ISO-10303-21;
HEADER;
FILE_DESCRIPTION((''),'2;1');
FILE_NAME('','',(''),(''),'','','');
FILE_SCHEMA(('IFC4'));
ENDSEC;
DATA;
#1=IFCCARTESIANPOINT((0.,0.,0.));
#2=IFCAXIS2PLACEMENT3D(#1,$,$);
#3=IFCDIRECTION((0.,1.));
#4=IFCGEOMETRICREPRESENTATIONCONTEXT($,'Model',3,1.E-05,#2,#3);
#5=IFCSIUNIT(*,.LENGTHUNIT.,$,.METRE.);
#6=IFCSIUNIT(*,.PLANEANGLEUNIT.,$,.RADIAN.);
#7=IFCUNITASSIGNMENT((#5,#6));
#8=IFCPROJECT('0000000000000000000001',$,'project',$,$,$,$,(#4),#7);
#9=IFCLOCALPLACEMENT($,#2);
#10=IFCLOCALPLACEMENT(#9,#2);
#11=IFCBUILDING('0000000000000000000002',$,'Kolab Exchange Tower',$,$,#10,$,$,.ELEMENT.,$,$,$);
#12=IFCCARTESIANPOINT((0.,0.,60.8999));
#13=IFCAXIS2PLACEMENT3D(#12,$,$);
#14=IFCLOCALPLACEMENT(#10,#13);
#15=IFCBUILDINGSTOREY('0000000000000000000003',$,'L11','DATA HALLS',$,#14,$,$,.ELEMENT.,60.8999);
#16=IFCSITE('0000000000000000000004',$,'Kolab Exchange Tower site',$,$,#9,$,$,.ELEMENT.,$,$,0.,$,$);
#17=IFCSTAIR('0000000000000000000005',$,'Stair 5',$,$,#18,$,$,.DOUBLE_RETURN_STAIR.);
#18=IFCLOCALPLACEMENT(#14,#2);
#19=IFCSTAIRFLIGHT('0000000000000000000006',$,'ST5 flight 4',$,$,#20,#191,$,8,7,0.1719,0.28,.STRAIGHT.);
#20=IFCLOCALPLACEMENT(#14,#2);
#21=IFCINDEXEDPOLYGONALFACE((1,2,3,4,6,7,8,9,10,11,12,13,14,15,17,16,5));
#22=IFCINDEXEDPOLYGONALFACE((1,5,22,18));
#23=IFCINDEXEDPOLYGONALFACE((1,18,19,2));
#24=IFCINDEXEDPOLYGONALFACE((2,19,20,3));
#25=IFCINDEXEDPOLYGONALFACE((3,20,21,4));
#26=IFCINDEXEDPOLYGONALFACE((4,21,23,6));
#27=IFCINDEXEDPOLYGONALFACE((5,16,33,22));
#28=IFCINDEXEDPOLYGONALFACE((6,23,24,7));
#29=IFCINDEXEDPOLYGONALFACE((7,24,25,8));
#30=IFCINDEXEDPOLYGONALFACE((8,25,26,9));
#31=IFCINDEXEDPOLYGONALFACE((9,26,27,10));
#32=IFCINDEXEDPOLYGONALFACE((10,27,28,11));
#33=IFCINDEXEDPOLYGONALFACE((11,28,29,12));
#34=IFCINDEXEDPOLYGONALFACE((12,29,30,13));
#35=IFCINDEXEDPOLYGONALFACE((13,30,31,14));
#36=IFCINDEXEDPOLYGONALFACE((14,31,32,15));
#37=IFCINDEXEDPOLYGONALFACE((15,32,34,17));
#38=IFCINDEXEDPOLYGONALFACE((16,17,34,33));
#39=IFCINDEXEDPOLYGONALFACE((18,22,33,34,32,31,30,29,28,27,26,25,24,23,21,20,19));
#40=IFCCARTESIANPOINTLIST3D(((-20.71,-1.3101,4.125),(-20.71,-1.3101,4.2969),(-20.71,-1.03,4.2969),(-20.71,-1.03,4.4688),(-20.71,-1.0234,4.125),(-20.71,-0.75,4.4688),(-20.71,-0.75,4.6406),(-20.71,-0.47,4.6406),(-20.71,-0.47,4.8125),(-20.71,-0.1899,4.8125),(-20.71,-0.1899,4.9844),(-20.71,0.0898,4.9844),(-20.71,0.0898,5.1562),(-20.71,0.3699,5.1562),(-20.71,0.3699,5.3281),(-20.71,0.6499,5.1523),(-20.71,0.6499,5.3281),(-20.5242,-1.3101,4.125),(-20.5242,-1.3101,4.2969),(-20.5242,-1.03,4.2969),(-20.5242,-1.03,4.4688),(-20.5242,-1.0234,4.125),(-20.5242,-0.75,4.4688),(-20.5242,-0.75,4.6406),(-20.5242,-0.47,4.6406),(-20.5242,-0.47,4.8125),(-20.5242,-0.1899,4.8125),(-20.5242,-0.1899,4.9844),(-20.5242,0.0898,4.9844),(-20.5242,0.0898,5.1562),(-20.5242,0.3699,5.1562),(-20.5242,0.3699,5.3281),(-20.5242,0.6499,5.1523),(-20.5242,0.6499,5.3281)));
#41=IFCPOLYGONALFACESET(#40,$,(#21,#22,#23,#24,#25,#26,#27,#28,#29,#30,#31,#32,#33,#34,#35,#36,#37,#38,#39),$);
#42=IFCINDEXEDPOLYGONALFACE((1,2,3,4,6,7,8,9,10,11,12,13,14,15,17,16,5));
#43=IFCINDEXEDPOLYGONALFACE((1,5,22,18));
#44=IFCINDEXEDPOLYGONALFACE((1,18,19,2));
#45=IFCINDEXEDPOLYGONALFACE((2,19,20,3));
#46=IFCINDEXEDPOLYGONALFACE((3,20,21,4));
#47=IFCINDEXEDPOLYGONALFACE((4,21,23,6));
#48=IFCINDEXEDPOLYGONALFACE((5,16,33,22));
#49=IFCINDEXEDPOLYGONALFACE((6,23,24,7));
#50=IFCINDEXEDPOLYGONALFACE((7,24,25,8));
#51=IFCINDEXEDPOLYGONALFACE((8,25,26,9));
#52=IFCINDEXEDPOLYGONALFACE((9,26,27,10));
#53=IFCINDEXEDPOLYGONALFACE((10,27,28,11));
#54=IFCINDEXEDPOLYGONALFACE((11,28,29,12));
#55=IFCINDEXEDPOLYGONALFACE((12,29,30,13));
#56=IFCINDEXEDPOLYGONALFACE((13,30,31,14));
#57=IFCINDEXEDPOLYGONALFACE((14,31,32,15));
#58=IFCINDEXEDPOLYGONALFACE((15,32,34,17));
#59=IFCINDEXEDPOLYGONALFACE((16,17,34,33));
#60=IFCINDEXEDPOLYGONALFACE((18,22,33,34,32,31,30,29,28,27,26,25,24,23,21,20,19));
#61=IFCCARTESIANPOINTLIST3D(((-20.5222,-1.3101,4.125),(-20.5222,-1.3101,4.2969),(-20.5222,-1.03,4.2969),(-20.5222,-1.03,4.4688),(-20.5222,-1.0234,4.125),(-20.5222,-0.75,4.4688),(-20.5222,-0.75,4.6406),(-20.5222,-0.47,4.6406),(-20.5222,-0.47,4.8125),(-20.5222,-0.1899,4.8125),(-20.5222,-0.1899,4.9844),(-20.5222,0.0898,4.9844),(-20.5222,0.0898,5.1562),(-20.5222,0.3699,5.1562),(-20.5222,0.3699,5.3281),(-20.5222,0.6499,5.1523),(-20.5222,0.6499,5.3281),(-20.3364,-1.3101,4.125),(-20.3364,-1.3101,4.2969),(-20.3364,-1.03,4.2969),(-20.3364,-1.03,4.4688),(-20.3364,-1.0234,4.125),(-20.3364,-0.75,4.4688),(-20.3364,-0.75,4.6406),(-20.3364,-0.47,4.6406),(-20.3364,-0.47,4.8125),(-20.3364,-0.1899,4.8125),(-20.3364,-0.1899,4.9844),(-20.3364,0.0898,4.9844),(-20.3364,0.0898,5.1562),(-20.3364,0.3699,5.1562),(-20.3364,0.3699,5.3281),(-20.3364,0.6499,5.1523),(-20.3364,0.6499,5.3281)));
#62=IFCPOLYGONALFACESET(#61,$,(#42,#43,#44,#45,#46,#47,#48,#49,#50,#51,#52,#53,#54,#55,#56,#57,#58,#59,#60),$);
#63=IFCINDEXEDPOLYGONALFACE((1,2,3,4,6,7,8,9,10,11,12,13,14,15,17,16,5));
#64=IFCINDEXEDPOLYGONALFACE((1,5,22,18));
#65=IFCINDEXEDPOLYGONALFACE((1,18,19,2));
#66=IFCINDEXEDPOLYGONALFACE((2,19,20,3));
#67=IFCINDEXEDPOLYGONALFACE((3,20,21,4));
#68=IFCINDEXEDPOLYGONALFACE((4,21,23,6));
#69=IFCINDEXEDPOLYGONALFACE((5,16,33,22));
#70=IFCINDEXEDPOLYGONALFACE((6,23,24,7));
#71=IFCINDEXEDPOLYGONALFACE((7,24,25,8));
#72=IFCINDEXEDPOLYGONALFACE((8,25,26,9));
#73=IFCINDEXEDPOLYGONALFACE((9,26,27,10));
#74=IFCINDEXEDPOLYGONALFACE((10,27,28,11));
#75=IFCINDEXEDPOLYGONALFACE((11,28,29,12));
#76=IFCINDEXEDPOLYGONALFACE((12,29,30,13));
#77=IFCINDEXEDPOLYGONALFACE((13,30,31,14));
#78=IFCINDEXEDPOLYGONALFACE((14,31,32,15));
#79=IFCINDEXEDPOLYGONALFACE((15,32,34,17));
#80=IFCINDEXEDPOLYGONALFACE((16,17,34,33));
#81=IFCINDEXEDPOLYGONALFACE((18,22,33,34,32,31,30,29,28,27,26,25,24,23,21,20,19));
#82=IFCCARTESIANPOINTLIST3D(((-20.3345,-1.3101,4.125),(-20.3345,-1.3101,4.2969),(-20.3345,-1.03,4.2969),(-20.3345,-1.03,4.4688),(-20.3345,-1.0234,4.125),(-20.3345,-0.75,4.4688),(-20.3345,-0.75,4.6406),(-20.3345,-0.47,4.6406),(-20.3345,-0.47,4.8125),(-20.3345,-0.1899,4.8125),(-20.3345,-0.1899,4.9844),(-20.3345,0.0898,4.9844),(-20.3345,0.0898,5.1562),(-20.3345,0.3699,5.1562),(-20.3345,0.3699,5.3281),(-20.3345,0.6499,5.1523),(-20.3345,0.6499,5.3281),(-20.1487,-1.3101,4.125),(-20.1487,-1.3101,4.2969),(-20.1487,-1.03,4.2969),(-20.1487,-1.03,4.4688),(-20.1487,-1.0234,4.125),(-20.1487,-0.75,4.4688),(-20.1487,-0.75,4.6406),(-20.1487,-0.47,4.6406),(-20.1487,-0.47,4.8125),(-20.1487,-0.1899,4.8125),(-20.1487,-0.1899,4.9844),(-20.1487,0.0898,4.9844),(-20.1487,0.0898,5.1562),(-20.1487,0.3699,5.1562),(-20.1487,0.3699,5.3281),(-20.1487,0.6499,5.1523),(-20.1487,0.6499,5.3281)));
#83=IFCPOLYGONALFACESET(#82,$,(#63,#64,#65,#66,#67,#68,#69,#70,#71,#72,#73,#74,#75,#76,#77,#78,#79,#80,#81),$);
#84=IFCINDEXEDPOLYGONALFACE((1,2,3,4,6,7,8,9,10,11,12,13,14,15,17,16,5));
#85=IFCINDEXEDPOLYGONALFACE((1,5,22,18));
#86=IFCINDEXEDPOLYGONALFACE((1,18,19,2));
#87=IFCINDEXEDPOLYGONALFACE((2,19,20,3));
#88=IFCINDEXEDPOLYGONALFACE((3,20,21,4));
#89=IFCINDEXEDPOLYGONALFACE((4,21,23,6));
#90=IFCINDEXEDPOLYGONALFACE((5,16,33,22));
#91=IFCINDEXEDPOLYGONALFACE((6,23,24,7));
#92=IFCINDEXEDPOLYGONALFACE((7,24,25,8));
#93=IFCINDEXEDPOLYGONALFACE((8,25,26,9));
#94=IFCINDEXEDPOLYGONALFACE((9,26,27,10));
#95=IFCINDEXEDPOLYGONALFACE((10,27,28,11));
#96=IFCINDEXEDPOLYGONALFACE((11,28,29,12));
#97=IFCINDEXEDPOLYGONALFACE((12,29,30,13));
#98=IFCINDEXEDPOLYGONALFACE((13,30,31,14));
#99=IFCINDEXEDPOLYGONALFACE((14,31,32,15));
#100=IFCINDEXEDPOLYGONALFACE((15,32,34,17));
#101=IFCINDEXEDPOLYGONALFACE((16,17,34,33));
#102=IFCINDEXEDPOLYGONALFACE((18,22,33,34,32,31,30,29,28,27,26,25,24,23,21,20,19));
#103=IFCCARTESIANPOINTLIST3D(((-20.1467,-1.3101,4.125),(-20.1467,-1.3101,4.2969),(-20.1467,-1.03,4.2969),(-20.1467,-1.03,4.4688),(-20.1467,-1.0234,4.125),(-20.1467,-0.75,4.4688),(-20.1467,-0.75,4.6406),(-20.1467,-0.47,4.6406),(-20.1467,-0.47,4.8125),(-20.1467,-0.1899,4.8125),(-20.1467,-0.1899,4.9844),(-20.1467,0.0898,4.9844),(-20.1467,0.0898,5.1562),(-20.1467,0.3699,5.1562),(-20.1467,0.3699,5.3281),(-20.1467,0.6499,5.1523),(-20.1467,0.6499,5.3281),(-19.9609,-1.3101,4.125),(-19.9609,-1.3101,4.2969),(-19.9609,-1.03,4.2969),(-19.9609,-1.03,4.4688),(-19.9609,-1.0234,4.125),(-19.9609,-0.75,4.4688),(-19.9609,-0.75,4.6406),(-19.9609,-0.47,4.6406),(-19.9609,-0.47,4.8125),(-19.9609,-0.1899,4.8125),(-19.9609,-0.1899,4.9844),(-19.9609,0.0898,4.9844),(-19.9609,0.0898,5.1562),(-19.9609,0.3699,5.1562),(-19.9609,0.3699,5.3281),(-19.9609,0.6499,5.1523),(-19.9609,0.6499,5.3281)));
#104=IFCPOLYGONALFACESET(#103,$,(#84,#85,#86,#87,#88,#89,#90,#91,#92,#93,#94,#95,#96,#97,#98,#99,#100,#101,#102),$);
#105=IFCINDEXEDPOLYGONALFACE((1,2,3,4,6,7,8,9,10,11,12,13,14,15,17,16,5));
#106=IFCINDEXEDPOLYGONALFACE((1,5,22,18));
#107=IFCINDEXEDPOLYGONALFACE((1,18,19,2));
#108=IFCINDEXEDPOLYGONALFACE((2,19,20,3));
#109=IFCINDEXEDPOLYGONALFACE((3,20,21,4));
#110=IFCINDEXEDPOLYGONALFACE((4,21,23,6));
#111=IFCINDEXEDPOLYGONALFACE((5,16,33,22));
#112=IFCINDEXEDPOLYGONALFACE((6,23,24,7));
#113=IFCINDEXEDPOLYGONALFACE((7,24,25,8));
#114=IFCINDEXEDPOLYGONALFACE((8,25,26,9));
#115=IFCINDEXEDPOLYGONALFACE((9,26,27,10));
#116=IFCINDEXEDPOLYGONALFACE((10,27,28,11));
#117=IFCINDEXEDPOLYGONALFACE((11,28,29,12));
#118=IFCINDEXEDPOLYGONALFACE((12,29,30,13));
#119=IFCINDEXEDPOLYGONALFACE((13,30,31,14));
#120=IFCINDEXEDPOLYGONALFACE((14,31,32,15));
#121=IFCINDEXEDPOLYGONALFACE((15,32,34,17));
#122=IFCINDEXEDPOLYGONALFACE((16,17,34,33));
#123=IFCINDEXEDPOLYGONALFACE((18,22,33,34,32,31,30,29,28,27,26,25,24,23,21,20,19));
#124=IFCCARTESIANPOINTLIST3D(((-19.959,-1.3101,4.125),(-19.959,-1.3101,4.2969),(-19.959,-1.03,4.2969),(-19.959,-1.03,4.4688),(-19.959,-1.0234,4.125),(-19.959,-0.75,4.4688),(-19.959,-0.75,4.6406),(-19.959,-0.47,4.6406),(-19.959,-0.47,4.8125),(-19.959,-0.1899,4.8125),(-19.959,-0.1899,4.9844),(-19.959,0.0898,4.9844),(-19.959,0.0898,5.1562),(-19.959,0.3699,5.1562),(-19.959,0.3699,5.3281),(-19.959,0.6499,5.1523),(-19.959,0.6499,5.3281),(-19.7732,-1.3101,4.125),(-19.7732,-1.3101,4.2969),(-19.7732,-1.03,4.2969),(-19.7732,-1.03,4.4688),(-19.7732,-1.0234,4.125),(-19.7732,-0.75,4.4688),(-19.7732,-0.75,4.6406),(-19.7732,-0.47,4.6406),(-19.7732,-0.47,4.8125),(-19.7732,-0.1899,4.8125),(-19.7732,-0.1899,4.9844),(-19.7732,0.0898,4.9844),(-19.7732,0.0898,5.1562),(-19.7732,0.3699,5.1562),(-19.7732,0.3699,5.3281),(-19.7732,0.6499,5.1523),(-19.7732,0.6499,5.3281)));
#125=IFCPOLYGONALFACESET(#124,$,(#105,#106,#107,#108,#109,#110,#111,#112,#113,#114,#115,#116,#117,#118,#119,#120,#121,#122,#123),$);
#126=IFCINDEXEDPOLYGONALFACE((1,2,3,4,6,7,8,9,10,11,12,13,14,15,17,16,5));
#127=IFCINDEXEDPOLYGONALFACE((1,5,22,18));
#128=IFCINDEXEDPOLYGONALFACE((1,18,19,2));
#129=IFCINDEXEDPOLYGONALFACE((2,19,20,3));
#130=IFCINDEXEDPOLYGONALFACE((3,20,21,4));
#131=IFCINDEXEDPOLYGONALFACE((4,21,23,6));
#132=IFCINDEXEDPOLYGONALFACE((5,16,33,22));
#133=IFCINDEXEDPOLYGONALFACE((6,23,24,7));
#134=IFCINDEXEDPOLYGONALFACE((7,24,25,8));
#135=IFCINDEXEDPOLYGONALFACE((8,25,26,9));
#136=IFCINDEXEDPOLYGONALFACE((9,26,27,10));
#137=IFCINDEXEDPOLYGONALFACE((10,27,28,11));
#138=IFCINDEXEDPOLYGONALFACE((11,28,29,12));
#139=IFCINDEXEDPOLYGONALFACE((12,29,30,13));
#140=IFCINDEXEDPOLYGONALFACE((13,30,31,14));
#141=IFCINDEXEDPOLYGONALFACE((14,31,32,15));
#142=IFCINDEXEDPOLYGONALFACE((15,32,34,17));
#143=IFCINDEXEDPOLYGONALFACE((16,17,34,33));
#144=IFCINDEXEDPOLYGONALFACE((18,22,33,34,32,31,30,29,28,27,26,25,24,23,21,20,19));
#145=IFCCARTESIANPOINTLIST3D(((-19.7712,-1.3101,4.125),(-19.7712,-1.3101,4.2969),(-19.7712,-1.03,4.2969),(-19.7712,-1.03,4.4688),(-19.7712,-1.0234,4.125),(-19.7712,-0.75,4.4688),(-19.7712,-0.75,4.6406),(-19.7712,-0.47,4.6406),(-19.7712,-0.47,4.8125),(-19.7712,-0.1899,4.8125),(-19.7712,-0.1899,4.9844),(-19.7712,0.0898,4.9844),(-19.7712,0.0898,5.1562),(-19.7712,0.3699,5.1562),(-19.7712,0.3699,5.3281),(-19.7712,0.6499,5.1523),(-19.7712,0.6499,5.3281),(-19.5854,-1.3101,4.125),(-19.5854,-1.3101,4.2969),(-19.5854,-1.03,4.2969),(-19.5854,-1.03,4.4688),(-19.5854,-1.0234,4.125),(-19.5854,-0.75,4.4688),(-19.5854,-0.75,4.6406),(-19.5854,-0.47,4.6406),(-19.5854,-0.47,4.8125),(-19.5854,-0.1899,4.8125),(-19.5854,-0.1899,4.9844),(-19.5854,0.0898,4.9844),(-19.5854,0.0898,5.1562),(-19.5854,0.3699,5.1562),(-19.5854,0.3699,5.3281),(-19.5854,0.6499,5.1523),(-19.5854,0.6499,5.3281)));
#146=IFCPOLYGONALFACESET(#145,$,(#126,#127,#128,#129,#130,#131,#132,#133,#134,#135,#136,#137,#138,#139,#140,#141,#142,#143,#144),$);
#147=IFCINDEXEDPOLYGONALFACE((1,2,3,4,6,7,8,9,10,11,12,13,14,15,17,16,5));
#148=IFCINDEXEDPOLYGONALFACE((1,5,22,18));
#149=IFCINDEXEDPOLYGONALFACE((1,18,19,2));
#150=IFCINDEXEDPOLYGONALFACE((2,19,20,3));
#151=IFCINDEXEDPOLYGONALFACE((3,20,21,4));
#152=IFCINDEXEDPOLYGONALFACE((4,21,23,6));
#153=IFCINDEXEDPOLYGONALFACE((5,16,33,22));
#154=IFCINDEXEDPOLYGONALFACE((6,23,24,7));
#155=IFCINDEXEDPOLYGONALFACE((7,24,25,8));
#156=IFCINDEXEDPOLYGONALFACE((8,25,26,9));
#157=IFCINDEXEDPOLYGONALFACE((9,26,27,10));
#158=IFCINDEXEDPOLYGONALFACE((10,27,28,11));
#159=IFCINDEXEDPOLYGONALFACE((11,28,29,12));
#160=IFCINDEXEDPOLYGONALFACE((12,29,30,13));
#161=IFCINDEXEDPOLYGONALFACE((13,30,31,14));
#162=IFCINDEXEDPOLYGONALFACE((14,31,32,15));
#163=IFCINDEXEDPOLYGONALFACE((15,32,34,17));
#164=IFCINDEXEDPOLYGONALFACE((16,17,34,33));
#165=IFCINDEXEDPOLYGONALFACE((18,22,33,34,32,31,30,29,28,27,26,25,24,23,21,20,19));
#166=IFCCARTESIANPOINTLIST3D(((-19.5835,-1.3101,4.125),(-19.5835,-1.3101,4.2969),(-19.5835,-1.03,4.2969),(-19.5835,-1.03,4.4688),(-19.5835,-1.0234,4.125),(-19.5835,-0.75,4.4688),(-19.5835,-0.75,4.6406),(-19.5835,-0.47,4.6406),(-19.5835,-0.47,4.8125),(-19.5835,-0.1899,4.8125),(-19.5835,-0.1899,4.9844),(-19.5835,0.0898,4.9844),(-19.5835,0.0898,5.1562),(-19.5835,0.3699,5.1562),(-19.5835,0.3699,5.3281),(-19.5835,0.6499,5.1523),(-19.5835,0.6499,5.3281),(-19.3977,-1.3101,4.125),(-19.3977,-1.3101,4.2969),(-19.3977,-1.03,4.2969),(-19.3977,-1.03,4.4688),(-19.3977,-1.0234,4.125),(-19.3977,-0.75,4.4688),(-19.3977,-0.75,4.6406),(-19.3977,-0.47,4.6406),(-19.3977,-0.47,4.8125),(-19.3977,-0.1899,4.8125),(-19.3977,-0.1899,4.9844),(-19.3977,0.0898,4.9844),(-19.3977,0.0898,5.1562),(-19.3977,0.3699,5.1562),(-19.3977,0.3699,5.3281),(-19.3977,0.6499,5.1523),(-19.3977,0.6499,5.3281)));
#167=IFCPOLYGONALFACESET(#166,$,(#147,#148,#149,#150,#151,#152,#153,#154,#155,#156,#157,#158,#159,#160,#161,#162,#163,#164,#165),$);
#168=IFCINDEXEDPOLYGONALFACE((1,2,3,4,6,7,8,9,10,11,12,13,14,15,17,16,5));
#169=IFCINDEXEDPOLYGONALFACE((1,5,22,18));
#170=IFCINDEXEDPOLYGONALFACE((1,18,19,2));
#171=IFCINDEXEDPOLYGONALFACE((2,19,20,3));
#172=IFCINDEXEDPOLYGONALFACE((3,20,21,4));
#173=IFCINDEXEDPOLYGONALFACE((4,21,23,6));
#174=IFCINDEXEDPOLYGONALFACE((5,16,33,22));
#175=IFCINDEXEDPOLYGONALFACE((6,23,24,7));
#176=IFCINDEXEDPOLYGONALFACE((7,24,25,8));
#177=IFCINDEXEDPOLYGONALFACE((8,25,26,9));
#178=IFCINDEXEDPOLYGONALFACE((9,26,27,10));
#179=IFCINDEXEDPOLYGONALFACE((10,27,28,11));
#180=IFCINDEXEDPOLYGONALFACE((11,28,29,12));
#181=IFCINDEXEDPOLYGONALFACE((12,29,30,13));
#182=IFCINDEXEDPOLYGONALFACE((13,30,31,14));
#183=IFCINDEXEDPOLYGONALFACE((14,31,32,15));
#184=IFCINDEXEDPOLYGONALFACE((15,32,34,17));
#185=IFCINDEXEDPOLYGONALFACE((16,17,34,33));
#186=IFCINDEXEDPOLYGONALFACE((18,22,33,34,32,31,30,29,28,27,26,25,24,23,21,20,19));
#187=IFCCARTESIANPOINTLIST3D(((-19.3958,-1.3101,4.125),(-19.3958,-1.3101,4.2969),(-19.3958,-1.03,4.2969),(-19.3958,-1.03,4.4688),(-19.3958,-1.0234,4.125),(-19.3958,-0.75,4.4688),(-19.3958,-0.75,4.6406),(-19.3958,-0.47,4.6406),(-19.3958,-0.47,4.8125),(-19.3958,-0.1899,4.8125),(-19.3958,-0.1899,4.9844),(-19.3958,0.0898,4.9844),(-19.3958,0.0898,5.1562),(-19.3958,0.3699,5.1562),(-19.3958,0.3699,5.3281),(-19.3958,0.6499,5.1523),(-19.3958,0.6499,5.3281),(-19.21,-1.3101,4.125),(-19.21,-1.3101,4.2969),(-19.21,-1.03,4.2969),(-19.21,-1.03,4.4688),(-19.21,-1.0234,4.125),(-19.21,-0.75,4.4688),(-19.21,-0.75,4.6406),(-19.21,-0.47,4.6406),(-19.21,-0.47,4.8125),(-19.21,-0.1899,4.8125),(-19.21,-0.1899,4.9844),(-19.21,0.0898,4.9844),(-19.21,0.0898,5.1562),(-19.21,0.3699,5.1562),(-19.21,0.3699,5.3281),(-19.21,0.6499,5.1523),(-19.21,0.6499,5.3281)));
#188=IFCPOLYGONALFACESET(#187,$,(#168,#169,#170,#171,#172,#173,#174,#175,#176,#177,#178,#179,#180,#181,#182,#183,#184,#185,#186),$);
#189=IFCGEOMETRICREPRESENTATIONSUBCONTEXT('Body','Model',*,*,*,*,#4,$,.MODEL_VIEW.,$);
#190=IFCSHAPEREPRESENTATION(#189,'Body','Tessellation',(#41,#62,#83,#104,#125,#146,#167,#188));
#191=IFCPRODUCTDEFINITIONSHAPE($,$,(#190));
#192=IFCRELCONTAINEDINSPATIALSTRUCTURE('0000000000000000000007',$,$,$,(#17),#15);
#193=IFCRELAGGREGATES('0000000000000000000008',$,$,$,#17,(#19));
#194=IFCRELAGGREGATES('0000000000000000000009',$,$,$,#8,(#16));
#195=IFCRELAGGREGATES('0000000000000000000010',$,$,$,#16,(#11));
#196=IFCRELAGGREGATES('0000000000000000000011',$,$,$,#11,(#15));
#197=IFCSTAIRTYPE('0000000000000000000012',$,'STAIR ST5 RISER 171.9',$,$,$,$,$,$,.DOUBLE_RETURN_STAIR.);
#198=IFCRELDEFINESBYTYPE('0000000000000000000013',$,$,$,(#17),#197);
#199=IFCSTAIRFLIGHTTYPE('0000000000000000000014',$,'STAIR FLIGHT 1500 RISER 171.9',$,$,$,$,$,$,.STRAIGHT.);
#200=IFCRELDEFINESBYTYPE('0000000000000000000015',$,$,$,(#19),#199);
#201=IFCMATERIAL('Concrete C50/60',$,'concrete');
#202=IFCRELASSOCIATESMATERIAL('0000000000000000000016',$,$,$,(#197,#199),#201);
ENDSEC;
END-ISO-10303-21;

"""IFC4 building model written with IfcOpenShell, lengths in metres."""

from ifc_helpers import new_model, si_unit, direction, frame, origin, place, context, subcontext, project, spatial, polyline, outline, extrude, material, type_object, element, aggregate, save


model = new_model("IFC4")

# Units and contexts
model_context = context("Model", 3, precision=1e-05, world=origin(), true_north=direction((0.0, 1.0)))
body_context = subcontext(model_context, "Body", "Model", "MODEL_VIEW")
ifc_project = project(units=[si_unit("LENGTHUNIT", "METRE"), si_unit("PLANEANGLEUNIT", "RADIAN")], contexts=[model_context])

# Site, building, storey
site_placement = place(None, origin())
site = spatial("IfcSite", under=ifc_project, at=site_placement, Name="Kolab Exchange Tower site", CompositionType="ELEMENT", RefElevation=0.0)
building_placement = place(site_placement, origin())
building = spatial("IfcBuilding", under=site, at=building_placement, Name="Kolab Exchange Tower", CompositionType="ELEMENT")
storey_placement = place(building_placement, frame((0.0, 0.0, 60.8999)))
storey = spatial("IfcBuildingStorey", under=building, at=storey_placement, Name="L11", Description="DATA HALLS", CompositionType="ELEMENT", Elevation=60.8999)

# Shared definitions
ifc_material_1 = material(Name="Concrete C50/60", Category="concrete")

# Stair, stair flight
stair_type = type_object("IfcStairType", Name="STAIR ST5 RISER 171.9", PredefinedType="DOUBLE_RETURN_STAIR", material=ifc_material_1)
stair_placement = place(storey_placement, origin())
stair = element("IfcStair", 1, at=stair_placement, inside=storey, type_object=stair_type, Name="Stair 5", PredefinedType="DOUBLE_RETURN_STAIR")
stair_flight_type = type_object("IfcStairFlightType", Name="STAIR FLIGHT 1500 RISER 171.9", PredefinedType="STRAIGHT", material=ifc_material_1)
stair_flight_1_placement = place(storey_placement, frame((-19.96, -1.3101, 4.125), z_axis=(0.0, 0.0, 1.0), x_axis=(0.0, 1.0, 0.0)))
stair_flight_1 = element("IfcStairFlight", 2, at=stair_flight_1_placement, type_object=stair_flight_type, Name="ST5 flight 4", NumberOfRisers=8, NumberOfTreads=7, PredefinedType="STRAIGHT", RiserHeight=0.1719, TreadLength=0.28, context=body_context, shape_type="SweptSolid", body=[
    extrude(outline(polyline([(0.0, 0.0), (0.0, 0.1719), (0.28, 0.1719), (0.28, 0.3438), (0.5601, 0.3438), (0.5601, 0.5156), (0.8401, 0.5156), (0.8401, 0.6875), (1.1201, 0.6875), (1.1201, 0.8594), (1.3999, 0.8594), (1.3999, 1.0312), (1.6799, 1.0312), (1.6799, 1.2031), (1.96, 1.2031), (1.96, 1.375), (1.96, 1.0273), (0.2866, 0.0), (0.0, 0.0)])), frame((0.0, 0.75, 0.0), z_axis=(0.0, -1.0, 0.0), x_axis=(1.0, 0.0, 0.0)), (0.0, 0.0, 1.0), 0.1858),
    extrude(outline(polyline([(0.0, 0.0), (0.0, 0.1719), (0.28, 0.1719), (0.28, 0.3438), (0.5601, 0.3438), (0.5601, 0.5156), (0.8401, 0.5156), (0.8401, 0.6875), (1.1201, 0.6875), (1.1201, 0.8594), (1.3999, 0.8594), (1.3999, 1.0312), (1.6799, 1.0312), (1.6799, 1.2031), (1.96, 1.2031), (1.96, 1.375), (1.96, 1.0273), (0.2866, 0.0), (0.0, 0.0)])), frame((0.0, 0.5623, 0.0), z_axis=(0.0, -1.0, 0.0), x_axis=(1.0, 0.0, 0.0)), (0.0, 0.0, 1.0), 0.1858),
    extrude(outline(polyline([(0.0, 0.0), (0.0, 0.1719), (0.28, 0.1719), (0.28, 0.3438), (0.5601, 0.3438), (0.5601, 0.5156), (0.8401, 0.5156), (0.8401, 0.6875), (1.1201, 0.6875), (1.1201, 0.8594), (1.3999, 0.8594), (1.3999, 1.0312), (1.6799, 1.0312), (1.6799, 1.2031), (1.96, 1.2031), (1.96, 1.375), (1.96, 1.0273), (0.2866, 0.0), (0.0, 0.0)])), frame((0.0, 0.3745, 0.0), z_axis=(0.0, -1.0, 0.0), x_axis=(1.0, 0.0, 0.0)), (0.0, 0.0, 1.0), 0.1858),
    extrude(outline(polyline([(0.0, 0.0), (0.0, 0.1719), (0.28, 0.1719), (0.28, 0.3438), (0.5601, 0.3438), (0.5601, 0.5156), (0.8401, 0.5156), (0.8401, 0.6875), (1.1201, 0.6875), (1.1201, 0.8594), (1.3999, 0.8594), (1.3999, 1.0312), (1.6799, 1.0312), (1.6799, 1.2031), (1.96, 1.2031), (1.96, 1.375), (1.96, 1.0273), (0.2866, 0.0), (0.0, 0.0)])), frame((0.0, 0.1868, 0.0), z_axis=(0.0, -1.0, 0.0), x_axis=(1.0, 0.0, 0.0)), (0.0, 0.0, 1.0), 0.1858),
    extrude(outline(polyline([(0.0, 0.0), (0.0, 0.1719), (0.28, 0.1719), (0.28, 0.3438), (0.5601, 0.3438), (0.5601, 0.5156), (0.8401, 0.5156), (0.8401, 0.6875), (1.1201, 0.6875), (1.1201, 0.8594), (1.3999, 0.8594), (1.3999, 1.0312), (1.6799, 1.0312), (1.6799, 1.2031), (1.96, 1.2031), (1.96, 1.375), (1.96, 1.0273), (0.2866, 0.0), (0.0, 0.0)])), frame((0.0, -0.001, 0.0), z_axis=(0.0, -1.0, 0.0), x_axis=(1.0, 0.0, 0.0)), (0.0, 0.0, 1.0), 0.1858),
    extrude(outline(polyline([(0.0, 0.0), (0.0, 0.1719), (0.28, 0.1719), (0.28, 0.3438), (0.5601, 0.3438), (0.5601, 0.5156), (0.8401, 0.5156), (0.8401, 0.6875), (1.1201, 0.6875), (1.1201, 0.8594), (1.3999, 0.8594), (1.3999, 1.0312), (1.6799, 1.0312), (1.6799, 1.2031), (1.96, 1.2031), (1.96, 1.375), (1.96, 1.0273), (0.2866, 0.0), (0.0, 0.0)])), frame((0.0, -0.1887, 0.0), z_axis=(0.0, -1.0, 0.0), x_axis=(1.0, 0.0, 0.0)), (0.0, 0.0, 1.0), 0.1858),
    extrude(outline(polyline([(0.0, 0.0), (0.0, 0.1719), (0.28, 0.1719), (0.28, 0.3438), (0.5601, 0.3438), (0.5601, 0.5156), (0.8401, 0.5156), (0.8401, 0.6875), (1.1201, 0.6875), (1.1201, 0.8594), (1.3999, 0.8594), (1.3999, 1.0312), (1.6799, 1.0312), (1.6799, 1.2031), (1.96, 1.2031), (1.96, 1.375), (1.96, 1.0273), (0.2866, 0.0), (0.0, 0.0)])), frame((0.0, -0.3765, 0.0), z_axis=(0.0, -1.0, 0.0), x_axis=(1.0, 0.0, 0.0)), (0.0, 0.0, 1.0), 0.1858),
    extrude(outline(polyline([(0.0, 0.0), (0.0, 0.1719), (0.28, 0.1719), (0.28, 0.3438), (0.5601, 0.3438), (0.5601, 0.5156), (0.8401, 0.5156), (0.8401, 0.6875), (1.1201, 0.6875), (1.1201, 0.8594), (1.3999, 0.8594), (1.3999, 1.0312), (1.6799, 1.0312), (1.6799, 1.2031), (1.96, 1.2031), (1.96, 1.375), (1.96, 1.0273), (0.2866, 0.0), (0.0, 0.0)])), frame((0.0, -0.5642, 0.0), z_axis=(0.0, -1.0, 0.0), x_axis=(1.0, 0.0, 0.0)), (0.0, 0.0, 1.0), 0.1858),
])
aggregate(stair, [stair_flight_1])

save(model, "model.ifc")
